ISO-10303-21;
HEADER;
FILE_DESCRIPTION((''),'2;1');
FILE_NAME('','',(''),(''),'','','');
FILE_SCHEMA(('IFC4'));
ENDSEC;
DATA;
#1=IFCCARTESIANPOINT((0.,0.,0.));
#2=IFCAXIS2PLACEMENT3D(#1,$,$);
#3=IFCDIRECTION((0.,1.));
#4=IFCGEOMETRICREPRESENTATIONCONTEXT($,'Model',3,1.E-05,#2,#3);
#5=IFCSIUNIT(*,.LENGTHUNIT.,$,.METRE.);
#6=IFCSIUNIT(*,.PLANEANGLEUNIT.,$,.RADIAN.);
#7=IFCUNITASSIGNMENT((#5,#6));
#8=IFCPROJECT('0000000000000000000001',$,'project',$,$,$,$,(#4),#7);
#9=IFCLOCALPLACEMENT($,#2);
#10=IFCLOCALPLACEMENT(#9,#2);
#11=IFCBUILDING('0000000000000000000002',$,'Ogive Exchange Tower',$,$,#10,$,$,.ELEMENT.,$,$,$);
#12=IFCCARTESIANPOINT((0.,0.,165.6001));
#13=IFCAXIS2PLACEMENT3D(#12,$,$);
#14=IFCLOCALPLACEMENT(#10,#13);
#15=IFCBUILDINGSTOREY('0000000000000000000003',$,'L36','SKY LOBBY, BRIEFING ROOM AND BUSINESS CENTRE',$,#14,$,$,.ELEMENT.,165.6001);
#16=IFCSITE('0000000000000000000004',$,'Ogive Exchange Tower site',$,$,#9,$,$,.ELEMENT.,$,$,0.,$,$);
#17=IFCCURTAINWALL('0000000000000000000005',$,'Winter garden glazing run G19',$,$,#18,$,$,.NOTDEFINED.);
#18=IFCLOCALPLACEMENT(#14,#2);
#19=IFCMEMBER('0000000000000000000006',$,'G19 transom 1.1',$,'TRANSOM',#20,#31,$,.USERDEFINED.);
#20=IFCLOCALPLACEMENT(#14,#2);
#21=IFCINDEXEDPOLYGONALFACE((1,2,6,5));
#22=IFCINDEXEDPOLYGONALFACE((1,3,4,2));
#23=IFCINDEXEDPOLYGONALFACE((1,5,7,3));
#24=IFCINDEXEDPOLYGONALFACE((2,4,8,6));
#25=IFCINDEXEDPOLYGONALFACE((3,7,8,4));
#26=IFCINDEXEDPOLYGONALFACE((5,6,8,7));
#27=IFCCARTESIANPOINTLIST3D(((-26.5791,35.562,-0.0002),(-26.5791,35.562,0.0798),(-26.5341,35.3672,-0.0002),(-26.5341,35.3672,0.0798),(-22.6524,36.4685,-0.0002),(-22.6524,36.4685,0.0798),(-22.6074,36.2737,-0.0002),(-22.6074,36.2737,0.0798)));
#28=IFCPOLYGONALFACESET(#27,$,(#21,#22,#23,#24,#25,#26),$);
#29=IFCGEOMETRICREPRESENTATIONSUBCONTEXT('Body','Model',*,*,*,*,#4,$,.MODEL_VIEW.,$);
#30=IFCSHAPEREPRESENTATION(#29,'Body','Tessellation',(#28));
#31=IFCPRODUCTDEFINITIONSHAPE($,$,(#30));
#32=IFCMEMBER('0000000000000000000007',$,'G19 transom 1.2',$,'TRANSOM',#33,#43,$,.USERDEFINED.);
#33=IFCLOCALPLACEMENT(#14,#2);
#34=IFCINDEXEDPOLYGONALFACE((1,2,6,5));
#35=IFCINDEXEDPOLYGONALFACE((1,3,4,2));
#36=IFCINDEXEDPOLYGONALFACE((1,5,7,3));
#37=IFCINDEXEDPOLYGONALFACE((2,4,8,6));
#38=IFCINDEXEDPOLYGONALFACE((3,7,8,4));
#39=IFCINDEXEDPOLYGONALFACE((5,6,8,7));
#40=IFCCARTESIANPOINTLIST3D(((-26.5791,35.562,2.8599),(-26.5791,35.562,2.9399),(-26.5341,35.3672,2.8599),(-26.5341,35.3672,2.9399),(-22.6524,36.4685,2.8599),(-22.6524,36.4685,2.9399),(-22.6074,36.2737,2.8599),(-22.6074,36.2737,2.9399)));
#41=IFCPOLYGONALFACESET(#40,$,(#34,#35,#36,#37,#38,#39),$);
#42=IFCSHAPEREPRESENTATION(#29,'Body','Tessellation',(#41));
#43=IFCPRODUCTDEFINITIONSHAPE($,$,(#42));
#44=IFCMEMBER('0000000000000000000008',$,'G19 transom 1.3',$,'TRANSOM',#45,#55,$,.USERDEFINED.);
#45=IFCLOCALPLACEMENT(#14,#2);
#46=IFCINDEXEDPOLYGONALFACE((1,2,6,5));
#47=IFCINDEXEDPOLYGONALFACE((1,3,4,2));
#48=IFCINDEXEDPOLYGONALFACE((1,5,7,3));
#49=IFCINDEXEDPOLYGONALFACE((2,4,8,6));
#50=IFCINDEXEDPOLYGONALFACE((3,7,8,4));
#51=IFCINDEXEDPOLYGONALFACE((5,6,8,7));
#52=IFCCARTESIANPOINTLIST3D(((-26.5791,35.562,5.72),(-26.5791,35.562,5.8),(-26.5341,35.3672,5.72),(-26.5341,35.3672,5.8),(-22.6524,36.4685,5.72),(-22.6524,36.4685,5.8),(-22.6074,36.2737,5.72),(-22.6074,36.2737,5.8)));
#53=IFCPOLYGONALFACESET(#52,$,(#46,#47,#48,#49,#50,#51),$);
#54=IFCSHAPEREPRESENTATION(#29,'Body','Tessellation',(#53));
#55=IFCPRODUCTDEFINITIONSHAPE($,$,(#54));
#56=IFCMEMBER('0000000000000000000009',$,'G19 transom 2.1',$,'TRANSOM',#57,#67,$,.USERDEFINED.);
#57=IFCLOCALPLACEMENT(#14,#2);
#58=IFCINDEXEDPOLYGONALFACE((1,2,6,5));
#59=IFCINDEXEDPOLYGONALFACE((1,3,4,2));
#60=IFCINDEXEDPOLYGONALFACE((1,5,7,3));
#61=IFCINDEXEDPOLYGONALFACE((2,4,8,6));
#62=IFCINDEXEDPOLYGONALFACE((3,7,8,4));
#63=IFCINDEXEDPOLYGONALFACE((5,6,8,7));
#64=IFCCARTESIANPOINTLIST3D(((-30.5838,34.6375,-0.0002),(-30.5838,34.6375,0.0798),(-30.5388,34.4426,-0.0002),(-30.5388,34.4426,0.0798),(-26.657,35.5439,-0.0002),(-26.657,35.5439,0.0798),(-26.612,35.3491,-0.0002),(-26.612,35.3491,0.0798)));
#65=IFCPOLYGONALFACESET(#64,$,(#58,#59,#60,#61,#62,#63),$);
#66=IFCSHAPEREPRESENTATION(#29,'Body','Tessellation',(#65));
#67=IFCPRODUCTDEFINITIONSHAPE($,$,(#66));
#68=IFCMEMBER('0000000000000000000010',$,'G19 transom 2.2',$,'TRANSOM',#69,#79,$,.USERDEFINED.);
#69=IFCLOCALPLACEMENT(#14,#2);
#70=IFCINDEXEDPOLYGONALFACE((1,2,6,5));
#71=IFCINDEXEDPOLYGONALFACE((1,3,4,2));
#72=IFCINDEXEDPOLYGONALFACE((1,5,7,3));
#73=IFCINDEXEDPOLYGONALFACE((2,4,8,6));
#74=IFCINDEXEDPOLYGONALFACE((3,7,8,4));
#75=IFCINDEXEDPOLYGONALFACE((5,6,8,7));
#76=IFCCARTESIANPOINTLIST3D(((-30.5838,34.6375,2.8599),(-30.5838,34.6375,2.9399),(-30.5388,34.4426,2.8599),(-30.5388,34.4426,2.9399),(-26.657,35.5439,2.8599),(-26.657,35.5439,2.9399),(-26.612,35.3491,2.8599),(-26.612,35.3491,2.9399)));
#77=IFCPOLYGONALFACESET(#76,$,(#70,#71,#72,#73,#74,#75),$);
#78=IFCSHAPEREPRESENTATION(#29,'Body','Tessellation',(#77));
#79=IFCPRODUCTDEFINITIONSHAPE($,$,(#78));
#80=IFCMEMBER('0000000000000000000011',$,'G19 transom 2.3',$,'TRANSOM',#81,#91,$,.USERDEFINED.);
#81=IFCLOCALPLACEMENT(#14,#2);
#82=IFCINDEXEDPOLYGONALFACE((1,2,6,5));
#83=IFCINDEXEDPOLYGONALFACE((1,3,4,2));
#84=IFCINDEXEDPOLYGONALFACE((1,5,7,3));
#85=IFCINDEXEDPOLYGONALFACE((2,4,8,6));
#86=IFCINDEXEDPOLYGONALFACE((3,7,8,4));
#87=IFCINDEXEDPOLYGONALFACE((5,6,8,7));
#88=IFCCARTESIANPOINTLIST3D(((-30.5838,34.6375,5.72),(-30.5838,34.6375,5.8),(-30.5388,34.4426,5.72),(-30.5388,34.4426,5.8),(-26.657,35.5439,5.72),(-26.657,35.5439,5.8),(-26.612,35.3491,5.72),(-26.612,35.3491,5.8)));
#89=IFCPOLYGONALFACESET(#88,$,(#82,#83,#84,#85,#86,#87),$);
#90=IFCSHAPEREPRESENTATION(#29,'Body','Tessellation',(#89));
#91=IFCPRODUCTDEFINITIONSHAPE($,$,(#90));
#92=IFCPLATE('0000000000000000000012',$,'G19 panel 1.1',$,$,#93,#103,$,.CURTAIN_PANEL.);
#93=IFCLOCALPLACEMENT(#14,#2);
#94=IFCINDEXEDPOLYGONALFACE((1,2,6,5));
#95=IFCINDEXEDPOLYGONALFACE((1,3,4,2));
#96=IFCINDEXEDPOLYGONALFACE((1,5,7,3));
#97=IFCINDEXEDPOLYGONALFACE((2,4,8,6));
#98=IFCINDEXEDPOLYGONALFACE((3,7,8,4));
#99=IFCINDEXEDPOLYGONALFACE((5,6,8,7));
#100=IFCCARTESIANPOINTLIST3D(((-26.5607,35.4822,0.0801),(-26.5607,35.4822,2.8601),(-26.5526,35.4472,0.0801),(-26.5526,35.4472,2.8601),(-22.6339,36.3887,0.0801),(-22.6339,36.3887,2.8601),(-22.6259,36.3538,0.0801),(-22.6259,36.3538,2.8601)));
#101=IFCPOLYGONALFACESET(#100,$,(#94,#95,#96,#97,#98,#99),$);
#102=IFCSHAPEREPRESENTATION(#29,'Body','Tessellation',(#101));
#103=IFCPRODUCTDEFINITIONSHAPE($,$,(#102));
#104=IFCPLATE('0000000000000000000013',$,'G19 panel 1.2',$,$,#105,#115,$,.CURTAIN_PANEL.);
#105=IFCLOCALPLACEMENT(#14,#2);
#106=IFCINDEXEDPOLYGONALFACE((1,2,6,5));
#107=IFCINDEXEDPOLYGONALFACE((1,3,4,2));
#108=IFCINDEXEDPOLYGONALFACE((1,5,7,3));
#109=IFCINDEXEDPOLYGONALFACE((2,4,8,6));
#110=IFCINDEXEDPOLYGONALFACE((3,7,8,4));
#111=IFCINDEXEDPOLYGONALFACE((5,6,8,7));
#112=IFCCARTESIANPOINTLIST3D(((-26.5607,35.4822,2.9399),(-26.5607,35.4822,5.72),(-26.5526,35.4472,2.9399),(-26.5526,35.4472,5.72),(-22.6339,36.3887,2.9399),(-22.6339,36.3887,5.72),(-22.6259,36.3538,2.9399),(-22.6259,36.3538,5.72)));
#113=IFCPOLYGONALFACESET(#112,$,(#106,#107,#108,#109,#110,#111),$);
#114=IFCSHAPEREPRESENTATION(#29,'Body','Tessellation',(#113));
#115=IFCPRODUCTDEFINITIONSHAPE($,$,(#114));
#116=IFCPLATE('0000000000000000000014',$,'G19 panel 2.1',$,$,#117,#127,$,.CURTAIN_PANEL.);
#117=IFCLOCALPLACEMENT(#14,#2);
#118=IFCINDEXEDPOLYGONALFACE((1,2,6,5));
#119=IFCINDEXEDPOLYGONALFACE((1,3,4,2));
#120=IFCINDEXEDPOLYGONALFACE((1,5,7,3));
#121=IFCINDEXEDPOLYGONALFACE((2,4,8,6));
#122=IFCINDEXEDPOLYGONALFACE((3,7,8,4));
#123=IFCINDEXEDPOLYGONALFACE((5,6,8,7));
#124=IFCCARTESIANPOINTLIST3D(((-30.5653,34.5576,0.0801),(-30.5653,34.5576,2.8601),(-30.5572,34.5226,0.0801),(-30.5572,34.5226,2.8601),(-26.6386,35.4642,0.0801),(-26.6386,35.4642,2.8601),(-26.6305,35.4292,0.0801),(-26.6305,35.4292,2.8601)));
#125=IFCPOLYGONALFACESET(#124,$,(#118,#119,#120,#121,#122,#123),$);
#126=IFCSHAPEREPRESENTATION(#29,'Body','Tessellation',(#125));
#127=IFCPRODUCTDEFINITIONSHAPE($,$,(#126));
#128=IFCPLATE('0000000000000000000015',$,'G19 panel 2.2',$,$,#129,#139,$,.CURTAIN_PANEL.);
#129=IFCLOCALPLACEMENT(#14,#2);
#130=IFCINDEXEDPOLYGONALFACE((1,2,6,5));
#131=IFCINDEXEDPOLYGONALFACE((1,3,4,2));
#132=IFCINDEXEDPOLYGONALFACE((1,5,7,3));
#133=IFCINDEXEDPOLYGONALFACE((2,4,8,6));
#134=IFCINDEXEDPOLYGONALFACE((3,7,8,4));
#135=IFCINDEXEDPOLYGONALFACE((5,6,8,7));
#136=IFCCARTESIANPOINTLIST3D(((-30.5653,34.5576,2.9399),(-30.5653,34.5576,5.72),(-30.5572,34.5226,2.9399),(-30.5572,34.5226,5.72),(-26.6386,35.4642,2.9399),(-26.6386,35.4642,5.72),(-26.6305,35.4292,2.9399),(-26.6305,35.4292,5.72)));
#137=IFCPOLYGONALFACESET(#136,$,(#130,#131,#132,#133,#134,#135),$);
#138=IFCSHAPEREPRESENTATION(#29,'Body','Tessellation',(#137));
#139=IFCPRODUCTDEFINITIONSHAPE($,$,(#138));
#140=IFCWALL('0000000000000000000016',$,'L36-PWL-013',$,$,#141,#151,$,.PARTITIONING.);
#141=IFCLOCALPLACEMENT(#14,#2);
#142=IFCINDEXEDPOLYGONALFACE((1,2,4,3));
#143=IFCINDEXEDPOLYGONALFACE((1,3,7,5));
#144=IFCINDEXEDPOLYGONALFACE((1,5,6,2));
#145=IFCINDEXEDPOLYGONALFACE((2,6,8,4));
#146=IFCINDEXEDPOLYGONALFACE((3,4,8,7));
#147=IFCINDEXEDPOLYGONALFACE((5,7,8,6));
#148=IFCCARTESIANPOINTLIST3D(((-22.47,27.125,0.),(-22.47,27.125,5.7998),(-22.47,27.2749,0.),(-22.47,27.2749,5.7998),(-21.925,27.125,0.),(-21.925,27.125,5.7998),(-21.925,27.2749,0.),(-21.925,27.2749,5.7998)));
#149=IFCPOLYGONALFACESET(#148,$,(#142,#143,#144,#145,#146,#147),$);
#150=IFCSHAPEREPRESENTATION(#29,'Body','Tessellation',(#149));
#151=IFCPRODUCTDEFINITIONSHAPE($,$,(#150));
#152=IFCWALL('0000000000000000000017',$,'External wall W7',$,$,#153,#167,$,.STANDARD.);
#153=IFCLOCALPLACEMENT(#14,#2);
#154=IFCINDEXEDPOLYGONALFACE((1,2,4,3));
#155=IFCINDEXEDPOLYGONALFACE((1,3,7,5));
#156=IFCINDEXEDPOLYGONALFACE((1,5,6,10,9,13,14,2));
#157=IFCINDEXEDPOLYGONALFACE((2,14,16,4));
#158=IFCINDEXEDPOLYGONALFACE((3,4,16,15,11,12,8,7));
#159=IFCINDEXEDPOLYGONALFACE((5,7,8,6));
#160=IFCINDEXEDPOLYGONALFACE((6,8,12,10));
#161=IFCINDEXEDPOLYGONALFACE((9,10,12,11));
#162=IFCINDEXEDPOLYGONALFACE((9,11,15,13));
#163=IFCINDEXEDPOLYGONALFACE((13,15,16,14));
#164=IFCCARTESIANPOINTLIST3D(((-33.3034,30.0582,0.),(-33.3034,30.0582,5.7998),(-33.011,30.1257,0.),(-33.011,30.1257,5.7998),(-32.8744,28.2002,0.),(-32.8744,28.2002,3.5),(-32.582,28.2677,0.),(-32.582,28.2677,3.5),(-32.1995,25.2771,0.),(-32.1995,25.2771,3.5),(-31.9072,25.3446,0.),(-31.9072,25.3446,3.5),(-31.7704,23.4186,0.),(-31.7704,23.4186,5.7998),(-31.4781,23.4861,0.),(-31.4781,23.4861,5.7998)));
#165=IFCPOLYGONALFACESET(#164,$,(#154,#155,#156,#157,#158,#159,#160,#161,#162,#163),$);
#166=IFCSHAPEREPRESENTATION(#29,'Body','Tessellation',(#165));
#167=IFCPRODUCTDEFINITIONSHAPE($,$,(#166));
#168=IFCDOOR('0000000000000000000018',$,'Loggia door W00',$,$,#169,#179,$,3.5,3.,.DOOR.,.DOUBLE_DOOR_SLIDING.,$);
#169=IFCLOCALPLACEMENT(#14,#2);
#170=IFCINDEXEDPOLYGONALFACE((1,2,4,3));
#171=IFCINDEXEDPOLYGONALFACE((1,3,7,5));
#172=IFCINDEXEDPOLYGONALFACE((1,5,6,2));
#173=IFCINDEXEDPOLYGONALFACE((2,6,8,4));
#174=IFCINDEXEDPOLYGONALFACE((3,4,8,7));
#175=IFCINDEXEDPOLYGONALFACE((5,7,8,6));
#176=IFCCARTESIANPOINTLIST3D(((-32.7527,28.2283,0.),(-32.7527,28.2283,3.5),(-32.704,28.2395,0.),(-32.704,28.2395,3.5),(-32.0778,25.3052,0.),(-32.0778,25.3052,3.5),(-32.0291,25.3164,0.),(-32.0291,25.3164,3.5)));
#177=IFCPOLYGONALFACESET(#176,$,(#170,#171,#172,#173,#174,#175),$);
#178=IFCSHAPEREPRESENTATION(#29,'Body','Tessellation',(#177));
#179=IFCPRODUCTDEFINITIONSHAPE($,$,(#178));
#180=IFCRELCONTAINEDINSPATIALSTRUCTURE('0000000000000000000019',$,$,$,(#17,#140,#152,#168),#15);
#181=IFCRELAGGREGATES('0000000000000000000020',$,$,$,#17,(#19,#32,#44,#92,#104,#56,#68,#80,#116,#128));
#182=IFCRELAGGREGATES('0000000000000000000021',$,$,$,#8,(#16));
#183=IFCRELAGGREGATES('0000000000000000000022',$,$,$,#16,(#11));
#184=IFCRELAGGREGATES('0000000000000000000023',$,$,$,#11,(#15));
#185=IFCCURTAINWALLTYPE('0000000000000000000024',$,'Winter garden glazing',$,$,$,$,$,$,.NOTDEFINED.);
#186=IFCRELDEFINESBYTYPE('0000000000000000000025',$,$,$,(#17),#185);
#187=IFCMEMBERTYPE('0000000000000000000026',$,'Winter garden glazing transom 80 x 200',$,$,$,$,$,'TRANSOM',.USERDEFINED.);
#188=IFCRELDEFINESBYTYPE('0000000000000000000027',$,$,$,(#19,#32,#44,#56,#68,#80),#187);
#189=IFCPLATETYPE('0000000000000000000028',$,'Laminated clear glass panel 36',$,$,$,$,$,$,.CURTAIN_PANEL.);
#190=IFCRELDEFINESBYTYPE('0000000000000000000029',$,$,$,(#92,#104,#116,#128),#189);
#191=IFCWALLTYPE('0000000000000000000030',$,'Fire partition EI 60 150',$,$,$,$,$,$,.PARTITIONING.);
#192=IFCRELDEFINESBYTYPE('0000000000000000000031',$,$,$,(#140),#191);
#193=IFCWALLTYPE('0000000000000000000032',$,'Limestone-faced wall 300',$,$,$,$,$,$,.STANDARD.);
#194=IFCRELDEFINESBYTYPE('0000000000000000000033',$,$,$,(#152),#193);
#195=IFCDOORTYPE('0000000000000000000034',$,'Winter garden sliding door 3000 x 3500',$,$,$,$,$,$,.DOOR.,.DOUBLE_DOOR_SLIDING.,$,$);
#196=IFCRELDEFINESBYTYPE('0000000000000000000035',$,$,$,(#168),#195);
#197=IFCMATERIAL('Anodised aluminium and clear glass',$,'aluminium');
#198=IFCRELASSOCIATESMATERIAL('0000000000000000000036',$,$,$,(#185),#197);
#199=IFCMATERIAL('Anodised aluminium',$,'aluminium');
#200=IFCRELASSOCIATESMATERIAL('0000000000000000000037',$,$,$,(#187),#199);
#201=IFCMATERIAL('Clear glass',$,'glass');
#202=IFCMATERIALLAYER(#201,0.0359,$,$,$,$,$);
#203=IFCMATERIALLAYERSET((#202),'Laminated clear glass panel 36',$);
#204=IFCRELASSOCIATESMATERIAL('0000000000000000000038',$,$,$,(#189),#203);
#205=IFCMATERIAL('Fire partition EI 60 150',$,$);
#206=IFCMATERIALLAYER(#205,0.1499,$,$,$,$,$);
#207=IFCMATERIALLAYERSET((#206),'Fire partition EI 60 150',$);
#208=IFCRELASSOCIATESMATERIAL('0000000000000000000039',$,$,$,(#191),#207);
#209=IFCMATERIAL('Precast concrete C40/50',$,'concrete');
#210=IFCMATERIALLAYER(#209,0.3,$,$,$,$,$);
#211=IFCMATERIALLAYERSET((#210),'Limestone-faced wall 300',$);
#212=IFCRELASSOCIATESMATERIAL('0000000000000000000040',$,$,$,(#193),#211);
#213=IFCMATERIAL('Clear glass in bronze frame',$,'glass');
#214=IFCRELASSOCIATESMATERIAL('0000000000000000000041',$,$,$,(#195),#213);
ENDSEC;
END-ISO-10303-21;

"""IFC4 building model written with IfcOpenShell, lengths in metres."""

from ifc_helpers import new_model, si_unit, direction, frame, frame_2d, origin, origin_2d, place, context, subcontext, project, spatial, rectangle, extrude, material, layer, layer_set, material_profile, profile_set, type_object, element, fill, aggregate, save


model = new_model("IFC4")

# Units and contexts
model_context = context("Model", 3, precision=1e-05, world=origin(), true_north=direction((0.0, 1.0)))
body_context = subcontext(model_context, "Body", "Model", "MODEL_VIEW")
ifc_project = project(units=[si_unit("LENGTHUNIT", "METRE"), si_unit("PLANEANGLEUNIT", "RADIAN")], contexts=[model_context])

# Site, building, storey
site_placement = place(None, origin())
site = spatial("IfcSite", under=ifc_project, at=site_placement, Name="Ogive Exchange Tower site", CompositionType="ELEMENT", RefElevation=0.0)
building_placement = place(site_placement, origin())
building = spatial("IfcBuilding", under=site, at=building_placement, Name="Ogive Exchange Tower", CompositionType="ELEMENT")
storey_placement = place(building_placement, frame((0.0, 0.0, 165.6001)))
storey = spatial("IfcBuildingStorey", under=building, at=storey_placement, Name="L36", Description="SKY LOBBY, BRIEFING ROOM AND BUSINESS CENTRE", CompositionType="ELEMENT", Elevation=165.6001)

# Curtain wall, members, plates
ifc_material_1 = material(Name="Anodised aluminium and clear glass", Category="aluminium")
curtain_wall_type = type_object("IfcCurtainWallType", Name="Winter garden glazing", PredefinedType="NOTDEFINED", material=ifc_material_1)
curtain_wall_placement = place(storey_placement, origin())
curtain_wall = element("IfcCurtainWall", 1, at=curtain_wall_placement, inside=storey, type_object=curtain_wall_type, Name="Winter garden glazing run G19", PredefinedType="NOTDEFINED")
ifc_material_2 = material(Name="Anodised aluminium", Category="aluminium")
ifc_material_profile_1 = material_profile(ifc_material_2, rectangle(XDim=0.2, YDim=0.0801, at=origin_2d()), Name="AL 80x200")
ifc_profile_set_1 = profile_set([ifc_material_profile_1], Name="Anodised aluminium")
member_type_1 = type_object("IfcMemberType", Name="Winter garden glazing transom 80 x 200", ElementType="TRANSOM", PredefinedType="USERDEFINED", material=ifc_profile_set_1)
member_1_placement = place(storey_placement, frame((-22.6299, 36.3711, 0.0398), z_axis=(-0.974374, -0.224935, 0.0), x_axis=(0.224935, -0.974374, 0.0)))
member_1 = element("IfcMember", 2, at=member_1_placement, type_object=member_type_1, Name="G19 transom 1.1", ObjectType="TRANSOM", PredefinedType="USERDEFINED", context=body_context, shape_type="SweptSolid", body=[
    extrude(rectangle(XDim=0.2, YDim=0.0801, at=origin_2d()), origin(), (0.0, 0.0, 1.0), 4.03),
])
member_2_placement = place(storey_placement, frame((-22.6299, 36.3711, 2.8999), z_axis=(-0.974374, -0.224935, 0.0), x_axis=(0.224935, -0.974374, 0.0)))
member_2 = element("IfcMember", 3, at=member_2_placement, type_object=member_type_1, Name="G19 transom 1.2", ObjectType="TRANSOM", PredefinedType="USERDEFINED", context=body_context, shape_type="SweptSolid", body=[
    extrude(rectangle(XDim=0.2, YDim=0.0801, at=origin_2d()), origin(), (0.0, 0.0, 1.0), 4.03),
])
member_3_placement = place(storey_placement, frame((-22.6299, 36.3711, 5.76), z_axis=(-0.974374, -0.224935, 0.0), x_axis=(0.224935, -0.974374, 0.0)))
member_3 = element("IfcMember", 4, at=member_3_placement, type_object=member_type_1, Name="G19 transom 1.3", ObjectType="TRANSOM", PredefinedType="USERDEFINED", context=body_context, shape_type="SweptSolid", body=[
    extrude(rectangle(XDim=0.2, YDim=0.0801, at=origin_2d()), origin(), (0.0, 0.0, 1.0), 4.03),
])
member_4_placement = place(storey_placement, frame((-26.6345, 35.4465, 0.0398), z_axis=(-0.974374, -0.224935, 0.0), x_axis=(0.224935, -0.974374, 0.0)))
member_4 = element("IfcMember", 5, at=member_4_placement, type_object=member_type_1, Name="G19 transom 2.1", ObjectType="TRANSOM", PredefinedType="USERDEFINED", context=body_context, shape_type="SweptSolid", body=[
    extrude(rectangle(XDim=0.2, YDim=0.0801, at=origin_2d()), origin(), (0.0, 0.0, 1.0), 4.03),
])
member_5_placement = place(storey_placement, frame((-26.6345, 35.4465, 2.8999), z_axis=(-0.974374, -0.224935, 0.0), x_axis=(0.224935, -0.974374, 0.0)))
member_5 = element("IfcMember", 6, at=member_5_placement, type_object=member_type_1, Name="G19 transom 2.2", ObjectType="TRANSOM", PredefinedType="USERDEFINED", context=body_context, shape_type="SweptSolid", body=[
    extrude(rectangle(XDim=0.2, YDim=0.0801, at=origin_2d()), origin(), (0.0, 0.0, 1.0), 4.03),
])
member_6_placement = place(storey_placement, frame((-26.6345, 35.4465, 5.76), z_axis=(-0.974374, -0.224935, 0.0), x_axis=(0.224935, -0.974374, 0.0)))
member_6 = element("IfcMember", 7, at=member_6_placement, type_object=member_type_1, Name="G19 transom 2.3", ObjectType="TRANSOM", PredefinedType="USERDEFINED", context=body_context, shape_type="SweptSolid", body=[
    extrude(rectangle(XDim=0.2, YDim=0.0801, at=origin_2d()), origin(), (0.0, 0.0, 1.0), 4.03),
])
ifc_material_3 = material(Name="Clear glass", Category="glass")
ifc_layer_1 = layer(ifc_material_3, 0.0359)
ifc_layer_set_1 = layer_set([ifc_layer_1], Name="Laminated clear glass panel 36")
plate_type = type_object("IfcPlateType", Name="Laminated clear glass panel 36", PredefinedType="CURTAIN_PANEL", material=ifc_layer_set_1)
plate_1_placement = place(storey_placement, frame((-24.5933, 35.918, 0.0801), z_axis=(0.0, 0.0, 1.0), x_axis=(-0.97437, -0.224951, 0.0)))
plate_1 = element("IfcPlate", 8, at=plate_1_placement, type_object=plate_type, Name="G19 panel 1.1", PredefinedType="CURTAIN_PANEL", context=body_context, shape_type="SweptSolid", body=[
    extrude(rectangle(XDim=4.03, YDim=0.0359, at=origin_2d()), origin(), (0.0, 0.0, 1.0), 2.78),
])
plate_2_placement = place(storey_placement, frame((-24.5933, 35.918, 2.9399), z_axis=(0.0, 0.0, 1.0), x_axis=(-0.97437, -0.224951, 0.0)))
plate_2 = element("IfcPlate", 9, at=plate_2_placement, type_object=plate_type, Name="G19 panel 1.2", PredefinedType="CURTAIN_PANEL", context=body_context, shape_type="SweptSolid", body=[
    extrude(rectangle(XDim=4.03, YDim=0.0359, at=origin_2d()), origin(), (0.0, 0.0, 1.0), 2.78),
])
plate_3_placement = place(storey_placement, frame((-28.5979, 34.9934, 0.0801), z_axis=(0.0, 0.0, 1.0), x_axis=(-0.97437, -0.224951, 0.0)))
plate_3 = element("IfcPlate", 10, at=plate_3_placement, type_object=plate_type, Name="G19 panel 2.1", PredefinedType="CURTAIN_PANEL", context=body_context, shape_type="SweptSolid", body=[
    extrude(rectangle(XDim=4.03, YDim=0.0359, at=origin_2d()), origin(), (0.0, 0.0, 1.0), 2.78),
])
plate_4_placement = place(storey_placement, frame((-28.5979, 34.9934, 2.9399), z_axis=(0.0, 0.0, 1.0), x_axis=(-0.97437, -0.224951, 0.0)))
plate_4 = element("IfcPlate", 11, at=plate_4_placement, type_object=plate_type, Name="G19 panel 2.2", PredefinedType="CURTAIN_PANEL", context=body_context, shape_type="SweptSolid", body=[
    extrude(rectangle(XDim=4.03, YDim=0.0359, at=origin_2d()), origin(), (0.0, 0.0, 1.0), 2.78),
])
aggregate(curtain_wall, [member_1, member_2, member_3, plate_1, plate_2, member_4, member_5, member_6, plate_3, plate_4])

# Wall
ifc_material_4 = material(Name="Fire partition EI 60 150")
ifc_layer_2 = layer(ifc_material_4, 0.1499)
ifc_layer_set_2 = layer_set([ifc_layer_2], Name="Fire partition EI 60 150")
wall_type_1 = type_object("IfcWallType", Name="Fire partition EI 60 150", PredefinedType="PARTITIONING", material=ifc_layer_set_2)
wall_1_placement = place(storey_placement, frame((-22.47, 27.2, 0.0), z_axis=(0.0, 0.0, 1.0), x_axis=(1.0, 0.0, 0.0)))
element("IfcWall", 12, at=wall_1_placement, inside=storey, type_object=wall_type_1, Name="L36-PWL-013", PredefinedType="PARTITIONING", context=body_context, shape_type="SweptSolid", body=[
    extrude(rectangle(XDim=0.5449, YDim=0.1499, at=frame_2d((0.2725, 0.0))), origin(), (0.0, 0.0, 1.0), 5.7998),
])

# Wall, opening, door
ifc_material_5 = material(Name="Precast concrete C40/50", Category="concrete")
ifc_layer_3 = layer(ifc_material_5, 0.3)
ifc_layer_set_3 = layer_set([ifc_layer_3], Name="Limestone-faced wall 300")
wall_type_2 = type_object("IfcWallType", Name="Limestone-faced wall 300", PredefinedType="STANDARD", material=ifc_layer_set_3)
wall_2_placement = place(storey_placement, frame((-33.1572, 30.092, 0.0), z_axis=(0.0, 0.0, 1.0), x_axis=(0.224962, -0.974368, 0.0)))
wall_2 = element("IfcWall", 13, at=wall_2_placement, inside=storey, type_object=wall_type_2, Name="External wall W7", PredefinedType="STANDARD", context=body_context, shape_type="SweptSolid", body=[
    extrude(rectangle(XDim=6.8142, YDim=0.3, at=frame_2d((3.4072, 0.0))), origin(), (0.0, 0.0, 1.0), 5.7998),
])
opening_placement = place(wall_2_placement, frame((1.907, 0.0, 0.0)))
opening = element("IfcOpeningElement", 14, at=opening_placement, cuts=wall_2, PredefinedType="OPENING", context=body_context, shape_type="SweptSolid", body=[
    extrude(rectangle(XDim=3.0, YDim=3.5, at=frame_2d((1.5, 1.75))), frame((0.0, 0.1599, 0.0), z_axis=(0.0, -1.0, 0.0), x_axis=(1.0, 0.0, 0.0)), (0.0, 0.0, 1.0), 0.3201),
])
ifc_material_6 = material(Name="Clear glass in bronze frame", Category="glass")
door_type = type_object("IfcDoorType", Name="Winter garden sliding door 3000 x 3500", OperationType="DOUBLE_DOOR_SLIDING", PredefinedType="DOOR", material=ifc_material_6)
door_placement = place(opening_placement, origin())
door = element("IfcDoor", 15, at=door_placement, inside=storey, type_object=door_type, Name="Loggia door W00", OperationType="DOUBLE_DOOR_SLIDING", OverallHeight=3.5, OverallWidth=3.0, PredefinedType="DOOR", context=body_context, shape_type="SweptSolid", body=[
    extrude(rectangle(XDim=3.0, YDim=3.5, at=frame_2d((1.5, 1.75))), frame((0.0, 0.0249, 0.0), z_axis=(0.0, -1.0, 0.0), x_axis=(1.0, 0.0, 0.0)), (0.0, 0.0, 1.0), 0.05),
])
fill(opening, door)

save(model, "model.ifc")
